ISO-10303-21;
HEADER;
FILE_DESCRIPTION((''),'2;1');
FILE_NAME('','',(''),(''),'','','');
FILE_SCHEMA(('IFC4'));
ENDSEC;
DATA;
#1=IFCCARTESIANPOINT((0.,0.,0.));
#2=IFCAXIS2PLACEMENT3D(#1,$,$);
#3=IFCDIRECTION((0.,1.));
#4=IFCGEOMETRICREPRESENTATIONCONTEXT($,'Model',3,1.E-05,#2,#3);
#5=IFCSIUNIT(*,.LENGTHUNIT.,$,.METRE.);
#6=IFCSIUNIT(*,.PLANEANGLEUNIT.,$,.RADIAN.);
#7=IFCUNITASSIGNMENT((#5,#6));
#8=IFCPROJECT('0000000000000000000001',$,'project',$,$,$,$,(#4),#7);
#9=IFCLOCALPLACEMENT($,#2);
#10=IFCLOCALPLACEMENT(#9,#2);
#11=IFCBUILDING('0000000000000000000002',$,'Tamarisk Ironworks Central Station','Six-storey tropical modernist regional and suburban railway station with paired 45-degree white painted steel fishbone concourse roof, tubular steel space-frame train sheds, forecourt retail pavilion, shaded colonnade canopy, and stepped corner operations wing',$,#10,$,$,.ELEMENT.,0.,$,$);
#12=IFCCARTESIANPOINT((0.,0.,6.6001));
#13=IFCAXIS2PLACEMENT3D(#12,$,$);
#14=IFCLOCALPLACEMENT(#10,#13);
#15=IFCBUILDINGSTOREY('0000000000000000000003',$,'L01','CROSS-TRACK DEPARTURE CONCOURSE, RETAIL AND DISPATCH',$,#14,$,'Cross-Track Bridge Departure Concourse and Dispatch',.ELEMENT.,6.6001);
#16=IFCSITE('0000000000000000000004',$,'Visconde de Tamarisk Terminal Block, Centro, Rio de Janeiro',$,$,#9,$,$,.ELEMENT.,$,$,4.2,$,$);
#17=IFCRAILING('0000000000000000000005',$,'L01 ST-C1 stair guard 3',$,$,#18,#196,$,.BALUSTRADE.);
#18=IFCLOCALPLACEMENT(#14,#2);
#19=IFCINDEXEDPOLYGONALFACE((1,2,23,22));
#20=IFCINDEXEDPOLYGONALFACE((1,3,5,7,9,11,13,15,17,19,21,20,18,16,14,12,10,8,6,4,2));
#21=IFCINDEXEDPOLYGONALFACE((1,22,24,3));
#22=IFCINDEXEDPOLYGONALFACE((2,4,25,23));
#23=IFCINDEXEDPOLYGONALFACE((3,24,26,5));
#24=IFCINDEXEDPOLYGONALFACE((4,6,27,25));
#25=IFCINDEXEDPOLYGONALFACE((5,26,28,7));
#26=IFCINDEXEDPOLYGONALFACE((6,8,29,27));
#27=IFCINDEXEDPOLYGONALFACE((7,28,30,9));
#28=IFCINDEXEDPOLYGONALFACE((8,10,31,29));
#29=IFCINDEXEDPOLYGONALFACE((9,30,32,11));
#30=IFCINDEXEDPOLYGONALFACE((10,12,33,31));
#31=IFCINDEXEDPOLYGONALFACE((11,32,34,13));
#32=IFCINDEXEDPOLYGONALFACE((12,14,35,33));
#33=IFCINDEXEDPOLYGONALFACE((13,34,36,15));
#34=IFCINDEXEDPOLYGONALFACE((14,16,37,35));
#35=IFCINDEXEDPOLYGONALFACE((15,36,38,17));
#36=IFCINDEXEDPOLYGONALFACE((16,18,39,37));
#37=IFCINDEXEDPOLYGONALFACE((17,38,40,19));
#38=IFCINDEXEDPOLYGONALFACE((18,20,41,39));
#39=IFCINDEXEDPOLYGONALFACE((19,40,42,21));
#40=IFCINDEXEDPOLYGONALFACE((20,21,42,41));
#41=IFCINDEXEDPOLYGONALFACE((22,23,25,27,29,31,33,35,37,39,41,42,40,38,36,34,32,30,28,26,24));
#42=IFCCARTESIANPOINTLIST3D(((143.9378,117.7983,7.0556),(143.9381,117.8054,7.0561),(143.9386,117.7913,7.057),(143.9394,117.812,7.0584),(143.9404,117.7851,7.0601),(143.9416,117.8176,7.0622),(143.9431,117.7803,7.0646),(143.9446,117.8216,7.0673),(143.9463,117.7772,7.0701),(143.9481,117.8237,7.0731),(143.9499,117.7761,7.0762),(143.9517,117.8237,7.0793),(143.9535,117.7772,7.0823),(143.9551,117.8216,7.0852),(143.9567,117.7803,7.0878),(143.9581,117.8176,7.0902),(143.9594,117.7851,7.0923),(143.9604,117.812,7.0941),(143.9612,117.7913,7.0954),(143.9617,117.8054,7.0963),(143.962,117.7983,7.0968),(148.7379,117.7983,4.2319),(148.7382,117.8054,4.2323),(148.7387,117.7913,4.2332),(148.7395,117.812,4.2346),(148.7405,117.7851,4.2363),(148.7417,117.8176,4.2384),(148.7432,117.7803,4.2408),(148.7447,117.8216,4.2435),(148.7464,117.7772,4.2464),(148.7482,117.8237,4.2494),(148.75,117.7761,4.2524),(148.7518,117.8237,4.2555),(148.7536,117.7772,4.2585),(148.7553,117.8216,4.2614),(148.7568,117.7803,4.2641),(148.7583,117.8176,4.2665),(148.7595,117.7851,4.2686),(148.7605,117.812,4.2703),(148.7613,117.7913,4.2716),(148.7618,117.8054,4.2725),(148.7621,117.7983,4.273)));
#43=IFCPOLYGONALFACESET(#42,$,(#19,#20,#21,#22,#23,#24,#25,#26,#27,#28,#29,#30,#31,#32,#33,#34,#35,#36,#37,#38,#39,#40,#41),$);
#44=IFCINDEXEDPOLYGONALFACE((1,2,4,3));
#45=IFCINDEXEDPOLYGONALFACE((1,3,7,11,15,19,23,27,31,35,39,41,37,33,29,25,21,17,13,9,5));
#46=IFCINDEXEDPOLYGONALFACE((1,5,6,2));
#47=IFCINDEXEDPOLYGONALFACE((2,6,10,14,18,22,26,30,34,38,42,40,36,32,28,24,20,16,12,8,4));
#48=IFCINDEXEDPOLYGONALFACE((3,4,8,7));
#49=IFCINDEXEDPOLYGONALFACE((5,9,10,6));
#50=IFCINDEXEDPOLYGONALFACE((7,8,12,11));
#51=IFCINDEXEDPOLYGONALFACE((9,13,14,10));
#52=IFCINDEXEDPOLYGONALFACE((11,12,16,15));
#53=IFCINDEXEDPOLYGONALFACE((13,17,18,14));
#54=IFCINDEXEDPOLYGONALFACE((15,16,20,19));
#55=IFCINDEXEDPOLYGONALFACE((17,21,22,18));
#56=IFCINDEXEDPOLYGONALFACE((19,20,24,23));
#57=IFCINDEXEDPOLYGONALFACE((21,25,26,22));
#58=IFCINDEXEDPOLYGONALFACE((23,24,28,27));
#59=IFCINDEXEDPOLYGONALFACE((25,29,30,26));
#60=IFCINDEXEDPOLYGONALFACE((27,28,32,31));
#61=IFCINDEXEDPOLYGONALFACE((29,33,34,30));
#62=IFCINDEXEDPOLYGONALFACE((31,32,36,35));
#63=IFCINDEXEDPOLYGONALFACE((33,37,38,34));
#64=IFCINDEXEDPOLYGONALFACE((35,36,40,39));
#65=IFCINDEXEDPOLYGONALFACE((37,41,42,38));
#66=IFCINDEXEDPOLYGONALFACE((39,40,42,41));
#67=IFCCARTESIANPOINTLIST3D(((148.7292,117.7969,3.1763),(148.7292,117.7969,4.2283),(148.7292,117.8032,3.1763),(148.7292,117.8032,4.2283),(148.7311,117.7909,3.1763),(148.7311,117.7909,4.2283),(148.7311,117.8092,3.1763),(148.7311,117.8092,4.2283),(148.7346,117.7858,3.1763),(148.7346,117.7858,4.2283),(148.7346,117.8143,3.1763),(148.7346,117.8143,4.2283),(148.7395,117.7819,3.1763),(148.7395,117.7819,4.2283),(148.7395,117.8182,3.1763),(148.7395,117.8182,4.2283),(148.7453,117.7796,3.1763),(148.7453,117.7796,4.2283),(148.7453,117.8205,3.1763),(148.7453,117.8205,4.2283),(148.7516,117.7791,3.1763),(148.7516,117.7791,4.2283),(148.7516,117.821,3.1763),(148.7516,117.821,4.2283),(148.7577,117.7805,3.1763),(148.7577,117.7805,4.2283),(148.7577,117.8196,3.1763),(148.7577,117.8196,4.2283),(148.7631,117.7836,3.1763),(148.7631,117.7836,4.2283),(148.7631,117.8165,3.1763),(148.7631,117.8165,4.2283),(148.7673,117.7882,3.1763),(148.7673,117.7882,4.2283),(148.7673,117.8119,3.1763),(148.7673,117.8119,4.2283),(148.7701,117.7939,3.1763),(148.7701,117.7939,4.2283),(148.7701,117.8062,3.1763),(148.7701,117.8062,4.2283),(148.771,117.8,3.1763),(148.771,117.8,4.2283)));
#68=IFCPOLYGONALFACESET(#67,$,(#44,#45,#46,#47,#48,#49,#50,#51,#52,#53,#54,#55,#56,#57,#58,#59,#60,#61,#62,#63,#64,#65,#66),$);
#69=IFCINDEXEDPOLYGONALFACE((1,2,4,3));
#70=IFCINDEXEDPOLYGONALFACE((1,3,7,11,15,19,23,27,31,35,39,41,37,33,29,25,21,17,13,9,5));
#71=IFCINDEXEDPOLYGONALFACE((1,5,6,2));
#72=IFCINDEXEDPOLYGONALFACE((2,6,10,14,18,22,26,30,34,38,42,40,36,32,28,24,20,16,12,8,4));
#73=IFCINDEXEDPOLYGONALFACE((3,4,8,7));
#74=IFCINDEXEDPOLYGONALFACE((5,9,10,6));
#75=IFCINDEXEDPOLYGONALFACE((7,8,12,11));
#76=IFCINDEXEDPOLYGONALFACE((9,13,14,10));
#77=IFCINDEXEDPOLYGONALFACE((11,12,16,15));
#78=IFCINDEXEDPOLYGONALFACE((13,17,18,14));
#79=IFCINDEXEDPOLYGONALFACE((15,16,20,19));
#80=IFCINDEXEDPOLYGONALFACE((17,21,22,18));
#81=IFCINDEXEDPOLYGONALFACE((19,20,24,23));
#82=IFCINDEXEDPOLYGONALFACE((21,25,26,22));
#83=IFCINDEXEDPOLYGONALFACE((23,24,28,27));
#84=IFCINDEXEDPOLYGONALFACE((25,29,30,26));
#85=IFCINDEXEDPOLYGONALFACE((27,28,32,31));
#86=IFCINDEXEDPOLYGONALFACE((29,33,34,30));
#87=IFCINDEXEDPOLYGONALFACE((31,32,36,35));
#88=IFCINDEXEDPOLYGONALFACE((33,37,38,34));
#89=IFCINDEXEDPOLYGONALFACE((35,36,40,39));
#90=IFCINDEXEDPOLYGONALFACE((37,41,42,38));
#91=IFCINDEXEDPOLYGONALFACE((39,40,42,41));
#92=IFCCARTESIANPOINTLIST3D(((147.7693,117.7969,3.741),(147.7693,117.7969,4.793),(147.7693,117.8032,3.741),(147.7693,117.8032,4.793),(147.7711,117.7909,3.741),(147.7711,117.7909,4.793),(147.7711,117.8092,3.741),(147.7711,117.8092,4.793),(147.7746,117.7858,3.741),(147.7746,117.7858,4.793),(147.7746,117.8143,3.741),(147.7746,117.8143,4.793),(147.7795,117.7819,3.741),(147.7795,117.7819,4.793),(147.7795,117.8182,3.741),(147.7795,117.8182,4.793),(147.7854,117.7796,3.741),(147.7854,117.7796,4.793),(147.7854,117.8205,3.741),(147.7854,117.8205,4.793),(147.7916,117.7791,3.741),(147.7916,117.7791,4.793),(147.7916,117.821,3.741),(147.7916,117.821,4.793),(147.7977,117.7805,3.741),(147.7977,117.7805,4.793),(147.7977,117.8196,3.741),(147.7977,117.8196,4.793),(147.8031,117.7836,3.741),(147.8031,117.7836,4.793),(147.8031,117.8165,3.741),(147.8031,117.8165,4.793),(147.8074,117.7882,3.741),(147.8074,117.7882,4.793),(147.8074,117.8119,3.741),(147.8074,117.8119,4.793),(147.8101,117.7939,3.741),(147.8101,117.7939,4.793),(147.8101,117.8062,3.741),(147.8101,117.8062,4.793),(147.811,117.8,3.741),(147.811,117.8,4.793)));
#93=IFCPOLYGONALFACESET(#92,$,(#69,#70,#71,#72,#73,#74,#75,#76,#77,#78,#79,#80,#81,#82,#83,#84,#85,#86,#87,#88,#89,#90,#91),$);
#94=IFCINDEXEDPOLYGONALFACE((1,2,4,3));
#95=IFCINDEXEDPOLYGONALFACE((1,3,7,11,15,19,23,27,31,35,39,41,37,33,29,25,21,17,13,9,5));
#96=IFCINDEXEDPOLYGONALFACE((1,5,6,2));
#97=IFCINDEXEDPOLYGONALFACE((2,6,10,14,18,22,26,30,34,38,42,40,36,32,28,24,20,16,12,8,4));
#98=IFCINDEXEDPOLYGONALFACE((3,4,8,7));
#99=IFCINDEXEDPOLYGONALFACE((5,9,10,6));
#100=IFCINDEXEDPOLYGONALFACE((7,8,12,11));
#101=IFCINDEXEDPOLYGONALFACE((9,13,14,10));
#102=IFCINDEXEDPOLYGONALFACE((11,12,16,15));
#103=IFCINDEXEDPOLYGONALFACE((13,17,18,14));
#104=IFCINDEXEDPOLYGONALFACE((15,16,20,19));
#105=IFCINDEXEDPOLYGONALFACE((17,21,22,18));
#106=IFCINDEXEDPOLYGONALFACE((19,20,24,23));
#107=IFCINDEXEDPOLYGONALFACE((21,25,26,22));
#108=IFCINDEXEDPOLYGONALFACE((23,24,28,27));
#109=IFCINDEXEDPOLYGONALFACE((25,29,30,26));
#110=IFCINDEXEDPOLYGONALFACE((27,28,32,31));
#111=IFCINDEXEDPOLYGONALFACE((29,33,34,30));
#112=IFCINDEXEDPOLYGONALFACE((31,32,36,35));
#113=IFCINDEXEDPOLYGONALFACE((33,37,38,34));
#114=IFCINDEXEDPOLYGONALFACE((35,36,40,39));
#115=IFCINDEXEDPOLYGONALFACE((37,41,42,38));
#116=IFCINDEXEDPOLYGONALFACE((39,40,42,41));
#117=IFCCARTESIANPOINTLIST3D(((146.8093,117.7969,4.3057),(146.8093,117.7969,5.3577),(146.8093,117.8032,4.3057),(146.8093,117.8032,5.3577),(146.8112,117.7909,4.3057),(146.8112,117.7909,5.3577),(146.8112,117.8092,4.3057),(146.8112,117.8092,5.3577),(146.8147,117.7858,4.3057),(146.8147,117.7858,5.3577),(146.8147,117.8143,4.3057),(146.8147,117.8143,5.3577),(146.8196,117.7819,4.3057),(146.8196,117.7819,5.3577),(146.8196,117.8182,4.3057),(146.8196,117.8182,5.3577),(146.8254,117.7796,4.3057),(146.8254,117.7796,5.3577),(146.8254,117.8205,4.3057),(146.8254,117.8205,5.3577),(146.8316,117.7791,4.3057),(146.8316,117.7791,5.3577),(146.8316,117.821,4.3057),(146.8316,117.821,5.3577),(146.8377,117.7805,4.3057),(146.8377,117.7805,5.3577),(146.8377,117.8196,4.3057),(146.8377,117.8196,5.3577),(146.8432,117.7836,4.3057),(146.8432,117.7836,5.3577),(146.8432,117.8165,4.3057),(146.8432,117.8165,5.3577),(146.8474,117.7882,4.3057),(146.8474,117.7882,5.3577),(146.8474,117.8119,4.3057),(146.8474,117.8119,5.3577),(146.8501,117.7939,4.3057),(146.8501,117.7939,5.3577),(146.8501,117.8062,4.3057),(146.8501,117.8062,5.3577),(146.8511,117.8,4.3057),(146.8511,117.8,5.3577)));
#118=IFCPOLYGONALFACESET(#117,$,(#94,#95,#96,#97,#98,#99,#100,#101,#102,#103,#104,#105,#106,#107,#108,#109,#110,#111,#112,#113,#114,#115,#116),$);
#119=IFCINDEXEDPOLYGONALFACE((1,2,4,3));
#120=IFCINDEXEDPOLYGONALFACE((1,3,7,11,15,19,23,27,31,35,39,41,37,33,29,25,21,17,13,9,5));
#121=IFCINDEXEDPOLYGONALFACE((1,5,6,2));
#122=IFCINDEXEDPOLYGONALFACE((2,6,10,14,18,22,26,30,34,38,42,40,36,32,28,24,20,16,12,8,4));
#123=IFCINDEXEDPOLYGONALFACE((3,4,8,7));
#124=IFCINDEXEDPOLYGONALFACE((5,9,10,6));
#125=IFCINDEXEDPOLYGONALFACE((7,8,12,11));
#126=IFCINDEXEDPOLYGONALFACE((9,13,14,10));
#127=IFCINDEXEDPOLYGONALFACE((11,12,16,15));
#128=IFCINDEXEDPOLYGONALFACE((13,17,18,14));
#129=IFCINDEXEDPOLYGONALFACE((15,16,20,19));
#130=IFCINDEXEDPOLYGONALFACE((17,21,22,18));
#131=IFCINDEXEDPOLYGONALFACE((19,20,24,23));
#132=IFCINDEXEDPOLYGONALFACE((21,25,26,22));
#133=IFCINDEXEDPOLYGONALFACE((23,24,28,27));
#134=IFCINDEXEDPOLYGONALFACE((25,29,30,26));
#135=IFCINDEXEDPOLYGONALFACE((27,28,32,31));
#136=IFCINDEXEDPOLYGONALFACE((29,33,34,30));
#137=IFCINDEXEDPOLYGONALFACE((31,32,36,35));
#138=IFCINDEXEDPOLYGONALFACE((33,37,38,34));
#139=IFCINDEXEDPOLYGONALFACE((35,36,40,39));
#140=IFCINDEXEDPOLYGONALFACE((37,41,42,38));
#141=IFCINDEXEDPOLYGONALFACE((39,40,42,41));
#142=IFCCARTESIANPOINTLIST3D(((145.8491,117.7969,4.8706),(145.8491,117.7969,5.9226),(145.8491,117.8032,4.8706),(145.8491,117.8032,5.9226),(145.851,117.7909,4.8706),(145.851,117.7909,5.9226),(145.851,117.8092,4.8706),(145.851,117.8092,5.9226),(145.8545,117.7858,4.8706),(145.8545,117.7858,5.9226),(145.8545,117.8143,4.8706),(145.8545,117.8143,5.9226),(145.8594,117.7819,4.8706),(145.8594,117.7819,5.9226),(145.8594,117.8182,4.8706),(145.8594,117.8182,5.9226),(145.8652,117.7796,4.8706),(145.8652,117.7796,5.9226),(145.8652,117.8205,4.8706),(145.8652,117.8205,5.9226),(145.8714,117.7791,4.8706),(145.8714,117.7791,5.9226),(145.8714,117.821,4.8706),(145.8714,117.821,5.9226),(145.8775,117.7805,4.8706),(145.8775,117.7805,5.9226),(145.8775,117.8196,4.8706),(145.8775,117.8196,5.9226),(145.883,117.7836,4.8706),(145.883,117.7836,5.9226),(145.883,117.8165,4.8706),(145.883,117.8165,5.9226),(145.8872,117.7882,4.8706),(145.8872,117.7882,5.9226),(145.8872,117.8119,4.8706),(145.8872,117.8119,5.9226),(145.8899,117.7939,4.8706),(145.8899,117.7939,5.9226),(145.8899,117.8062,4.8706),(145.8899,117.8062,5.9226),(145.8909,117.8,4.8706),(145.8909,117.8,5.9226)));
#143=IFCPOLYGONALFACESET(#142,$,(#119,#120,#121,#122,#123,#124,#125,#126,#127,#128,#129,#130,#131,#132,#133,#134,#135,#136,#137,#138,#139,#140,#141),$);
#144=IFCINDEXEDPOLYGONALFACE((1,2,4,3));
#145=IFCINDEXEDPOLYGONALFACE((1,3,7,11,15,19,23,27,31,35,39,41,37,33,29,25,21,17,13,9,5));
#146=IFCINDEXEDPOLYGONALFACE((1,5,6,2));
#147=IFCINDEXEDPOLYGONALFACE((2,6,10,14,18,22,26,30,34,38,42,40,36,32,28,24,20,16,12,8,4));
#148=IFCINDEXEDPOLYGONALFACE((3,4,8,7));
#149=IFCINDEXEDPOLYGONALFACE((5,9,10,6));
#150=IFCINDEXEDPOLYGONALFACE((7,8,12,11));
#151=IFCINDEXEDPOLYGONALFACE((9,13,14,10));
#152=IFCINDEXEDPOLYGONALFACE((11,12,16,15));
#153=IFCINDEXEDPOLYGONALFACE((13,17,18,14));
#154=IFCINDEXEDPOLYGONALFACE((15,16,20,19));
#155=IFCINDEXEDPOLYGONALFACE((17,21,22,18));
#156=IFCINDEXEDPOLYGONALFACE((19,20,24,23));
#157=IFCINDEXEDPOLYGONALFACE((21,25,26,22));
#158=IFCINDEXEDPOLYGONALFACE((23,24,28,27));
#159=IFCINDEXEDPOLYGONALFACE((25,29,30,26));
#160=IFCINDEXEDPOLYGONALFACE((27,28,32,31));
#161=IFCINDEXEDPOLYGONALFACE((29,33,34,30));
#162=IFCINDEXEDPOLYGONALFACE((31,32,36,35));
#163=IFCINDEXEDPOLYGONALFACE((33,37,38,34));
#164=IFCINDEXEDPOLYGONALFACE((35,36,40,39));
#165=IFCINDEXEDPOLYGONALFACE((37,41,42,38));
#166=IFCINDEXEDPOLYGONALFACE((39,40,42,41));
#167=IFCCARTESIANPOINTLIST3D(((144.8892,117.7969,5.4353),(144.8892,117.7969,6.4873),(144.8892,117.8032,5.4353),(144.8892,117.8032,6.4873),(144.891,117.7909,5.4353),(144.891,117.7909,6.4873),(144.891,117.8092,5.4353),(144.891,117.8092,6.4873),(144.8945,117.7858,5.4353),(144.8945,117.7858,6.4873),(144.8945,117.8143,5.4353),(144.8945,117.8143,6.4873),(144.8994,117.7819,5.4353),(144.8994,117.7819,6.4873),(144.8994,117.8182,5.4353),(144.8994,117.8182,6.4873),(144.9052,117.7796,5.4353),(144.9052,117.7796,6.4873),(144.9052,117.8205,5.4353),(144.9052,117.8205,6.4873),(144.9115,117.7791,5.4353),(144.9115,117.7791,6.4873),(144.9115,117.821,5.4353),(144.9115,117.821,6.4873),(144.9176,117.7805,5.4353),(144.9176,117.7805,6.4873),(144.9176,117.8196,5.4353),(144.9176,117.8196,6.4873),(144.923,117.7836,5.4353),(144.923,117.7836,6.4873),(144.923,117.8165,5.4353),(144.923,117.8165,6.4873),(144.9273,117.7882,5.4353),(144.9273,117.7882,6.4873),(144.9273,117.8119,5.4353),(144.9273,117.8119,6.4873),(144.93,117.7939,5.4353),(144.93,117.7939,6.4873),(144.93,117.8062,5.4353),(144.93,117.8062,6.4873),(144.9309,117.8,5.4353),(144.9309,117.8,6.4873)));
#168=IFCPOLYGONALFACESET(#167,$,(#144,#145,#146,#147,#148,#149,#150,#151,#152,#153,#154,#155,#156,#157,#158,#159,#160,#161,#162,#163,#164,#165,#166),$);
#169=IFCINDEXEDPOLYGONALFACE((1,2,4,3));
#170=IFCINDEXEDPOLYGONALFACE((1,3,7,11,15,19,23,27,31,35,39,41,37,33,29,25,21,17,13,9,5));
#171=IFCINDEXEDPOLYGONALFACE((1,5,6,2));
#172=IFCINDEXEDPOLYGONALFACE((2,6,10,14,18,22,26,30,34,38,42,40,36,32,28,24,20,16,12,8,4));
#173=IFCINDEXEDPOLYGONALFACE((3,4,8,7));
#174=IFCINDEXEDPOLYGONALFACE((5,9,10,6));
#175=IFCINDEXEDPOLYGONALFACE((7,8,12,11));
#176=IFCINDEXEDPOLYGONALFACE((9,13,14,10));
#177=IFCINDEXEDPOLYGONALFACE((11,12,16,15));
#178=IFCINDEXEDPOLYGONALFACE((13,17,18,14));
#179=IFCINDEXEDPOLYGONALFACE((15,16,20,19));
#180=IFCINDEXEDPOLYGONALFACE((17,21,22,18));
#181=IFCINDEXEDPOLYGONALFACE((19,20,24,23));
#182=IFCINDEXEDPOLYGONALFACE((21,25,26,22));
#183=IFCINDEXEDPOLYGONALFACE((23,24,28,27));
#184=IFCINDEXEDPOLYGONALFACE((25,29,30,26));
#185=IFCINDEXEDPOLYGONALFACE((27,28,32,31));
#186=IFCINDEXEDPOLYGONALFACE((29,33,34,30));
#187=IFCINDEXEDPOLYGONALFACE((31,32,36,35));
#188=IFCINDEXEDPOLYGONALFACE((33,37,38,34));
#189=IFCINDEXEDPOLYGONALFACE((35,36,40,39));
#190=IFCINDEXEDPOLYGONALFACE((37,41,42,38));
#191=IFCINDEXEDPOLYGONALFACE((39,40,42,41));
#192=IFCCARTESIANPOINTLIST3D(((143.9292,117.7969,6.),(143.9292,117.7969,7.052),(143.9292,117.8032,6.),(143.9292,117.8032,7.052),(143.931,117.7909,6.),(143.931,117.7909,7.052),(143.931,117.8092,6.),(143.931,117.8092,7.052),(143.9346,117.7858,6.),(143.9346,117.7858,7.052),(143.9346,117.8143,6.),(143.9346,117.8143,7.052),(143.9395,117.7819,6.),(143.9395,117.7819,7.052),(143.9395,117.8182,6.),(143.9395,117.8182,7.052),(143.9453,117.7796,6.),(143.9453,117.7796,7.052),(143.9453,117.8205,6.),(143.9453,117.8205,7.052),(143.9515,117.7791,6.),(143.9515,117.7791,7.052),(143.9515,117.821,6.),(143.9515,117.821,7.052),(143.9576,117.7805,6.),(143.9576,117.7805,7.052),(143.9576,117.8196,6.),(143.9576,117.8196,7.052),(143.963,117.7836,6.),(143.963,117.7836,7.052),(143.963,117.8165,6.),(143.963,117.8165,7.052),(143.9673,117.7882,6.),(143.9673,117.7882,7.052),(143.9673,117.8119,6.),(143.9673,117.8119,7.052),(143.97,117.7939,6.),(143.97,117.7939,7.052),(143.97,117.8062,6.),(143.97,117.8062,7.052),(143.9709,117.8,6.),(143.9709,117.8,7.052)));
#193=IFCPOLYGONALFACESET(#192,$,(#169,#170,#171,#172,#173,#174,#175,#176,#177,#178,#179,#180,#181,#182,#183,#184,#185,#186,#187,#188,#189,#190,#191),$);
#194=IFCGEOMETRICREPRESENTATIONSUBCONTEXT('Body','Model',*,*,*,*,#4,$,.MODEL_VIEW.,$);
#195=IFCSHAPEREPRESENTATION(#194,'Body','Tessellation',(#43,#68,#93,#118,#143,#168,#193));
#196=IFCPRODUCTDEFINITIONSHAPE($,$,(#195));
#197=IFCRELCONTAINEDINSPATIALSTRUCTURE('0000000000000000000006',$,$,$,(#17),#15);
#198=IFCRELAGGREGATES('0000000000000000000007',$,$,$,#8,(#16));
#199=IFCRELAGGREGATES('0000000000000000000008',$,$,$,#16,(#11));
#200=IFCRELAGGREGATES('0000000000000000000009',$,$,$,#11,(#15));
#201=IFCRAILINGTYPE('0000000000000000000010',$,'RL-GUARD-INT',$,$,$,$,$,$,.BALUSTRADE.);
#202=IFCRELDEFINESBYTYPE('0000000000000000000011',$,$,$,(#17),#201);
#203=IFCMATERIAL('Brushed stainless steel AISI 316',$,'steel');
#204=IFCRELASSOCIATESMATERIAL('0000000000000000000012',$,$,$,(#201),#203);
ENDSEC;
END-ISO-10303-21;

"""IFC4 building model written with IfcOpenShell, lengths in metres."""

from ifc_helpers import new_model, si_unit, direction, frame, origin, origin_2d, place, context, subcontext, project, spatial, circle, extrude, material, type_object, element, save


model = new_model("IFC4")

# Units and contexts
model_context = context("Model", 3, precision=1e-05, world=origin(), true_north=direction((0.0, 1.0)))
body_context = subcontext(model_context, "Body", "Model", "MODEL_VIEW")
ifc_project = project(units=[si_unit("LENGTHUNIT", "METRE"), si_unit("PLANEANGLEUNIT", "RADIAN")], contexts=[model_context])

# Site, building, storey
site_placement = place(None, origin())
site = spatial("IfcSite", under=ifc_project, at=site_placement, Name="Visconde de Tamarisk Terminal Block, Centro, Rio de Janeiro", CompositionType="ELEMENT", RefElevation=4.2)
building_placement = place(site_placement, origin())
building = spatial("IfcBuilding", under=site, at=building_placement, Name="Tamarisk Ironworks Central Station", Description="Six-storey tropical modernist regional and suburban railway station with paired 45-degree white painted steel fishbone concourse roof, tubular steel space-frame train sheds, forecourt retail pavilion, shaded colonnade canopy, and stepped corner operations wing", CompositionType="ELEMENT", ElevationOfRefHeight=0.0)
storey_placement = place(building_placement, frame((0.0, 0.0, 6.6001)))
storey = spatial("IfcBuildingStorey", under=building, at=storey_placement, Name="L01", Description="CROSS-TRACK DEPARTURE CONCOURSE, RETAIL AND DISPATCH", LongName="Cross-Track Bridge Departure Concourse and Dispatch", CompositionType="ELEMENT", Elevation=6.6001)

# Railing
ifc_material_1 = material(Name="Brushed stainless steel AISI 316", Category="steel")
railing_type_1 = type_object("IfcRailingType", Name="RL-GUARD-INT", PredefinedType="BALUSTRADE", material=ifc_material_1)
railing_1_placement = place(storey_placement, frame((148.75, 117.8, 3.1763)))
element("IfcRailing", 1, at=railing_1_placement, inside=storey, type_object=railing_type_1, Name="L01 ST-C1 stair guard 3", PredefinedType="BALUSTRADE", context=body_context, shape_type="SweptSolid", body=[
    extrude(circle(Radius=0.0239, at=origin_2d()), frame((0.0, 0.0, 1.0762), z_axis=(-0.861921, 0.0, 0.507043), x_axis=(0.0, -1.0, 0.0)), (0.0, 0.0, 1.0), 5.5691),
    extrude(circle(Radius=0.021, at=origin_2d()), origin(), (0.0, 0.0, 1.0), 1.052),
    extrude(circle(Radius=0.021, at=origin_2d()), frame((-0.96, 0.0, 0.5647)), (0.0, 0.0, 1.0), 1.052),
    extrude(circle(Radius=0.021, at=origin_2d()), frame((-1.9199, 0.0, 1.1294)), (0.0, 0.0, 1.0), 1.052),
    extrude(circle(Radius=0.021, at=origin_2d()), frame((-2.8801, 0.0, 1.6943)), (0.0, 0.0, 1.0), 1.052),
    extrude(circle(Radius=0.021, at=origin_2d()), frame((-3.8401, 0.0, 2.259)), (0.0, 0.0, 1.0), 1.052),
    extrude(circle(Radius=0.021, at=origin_2d()), frame((-4.8, 0.0, 2.8237)), (0.0, 0.0, 1.0), 1.052),
])

save(model, "model.ifc")
